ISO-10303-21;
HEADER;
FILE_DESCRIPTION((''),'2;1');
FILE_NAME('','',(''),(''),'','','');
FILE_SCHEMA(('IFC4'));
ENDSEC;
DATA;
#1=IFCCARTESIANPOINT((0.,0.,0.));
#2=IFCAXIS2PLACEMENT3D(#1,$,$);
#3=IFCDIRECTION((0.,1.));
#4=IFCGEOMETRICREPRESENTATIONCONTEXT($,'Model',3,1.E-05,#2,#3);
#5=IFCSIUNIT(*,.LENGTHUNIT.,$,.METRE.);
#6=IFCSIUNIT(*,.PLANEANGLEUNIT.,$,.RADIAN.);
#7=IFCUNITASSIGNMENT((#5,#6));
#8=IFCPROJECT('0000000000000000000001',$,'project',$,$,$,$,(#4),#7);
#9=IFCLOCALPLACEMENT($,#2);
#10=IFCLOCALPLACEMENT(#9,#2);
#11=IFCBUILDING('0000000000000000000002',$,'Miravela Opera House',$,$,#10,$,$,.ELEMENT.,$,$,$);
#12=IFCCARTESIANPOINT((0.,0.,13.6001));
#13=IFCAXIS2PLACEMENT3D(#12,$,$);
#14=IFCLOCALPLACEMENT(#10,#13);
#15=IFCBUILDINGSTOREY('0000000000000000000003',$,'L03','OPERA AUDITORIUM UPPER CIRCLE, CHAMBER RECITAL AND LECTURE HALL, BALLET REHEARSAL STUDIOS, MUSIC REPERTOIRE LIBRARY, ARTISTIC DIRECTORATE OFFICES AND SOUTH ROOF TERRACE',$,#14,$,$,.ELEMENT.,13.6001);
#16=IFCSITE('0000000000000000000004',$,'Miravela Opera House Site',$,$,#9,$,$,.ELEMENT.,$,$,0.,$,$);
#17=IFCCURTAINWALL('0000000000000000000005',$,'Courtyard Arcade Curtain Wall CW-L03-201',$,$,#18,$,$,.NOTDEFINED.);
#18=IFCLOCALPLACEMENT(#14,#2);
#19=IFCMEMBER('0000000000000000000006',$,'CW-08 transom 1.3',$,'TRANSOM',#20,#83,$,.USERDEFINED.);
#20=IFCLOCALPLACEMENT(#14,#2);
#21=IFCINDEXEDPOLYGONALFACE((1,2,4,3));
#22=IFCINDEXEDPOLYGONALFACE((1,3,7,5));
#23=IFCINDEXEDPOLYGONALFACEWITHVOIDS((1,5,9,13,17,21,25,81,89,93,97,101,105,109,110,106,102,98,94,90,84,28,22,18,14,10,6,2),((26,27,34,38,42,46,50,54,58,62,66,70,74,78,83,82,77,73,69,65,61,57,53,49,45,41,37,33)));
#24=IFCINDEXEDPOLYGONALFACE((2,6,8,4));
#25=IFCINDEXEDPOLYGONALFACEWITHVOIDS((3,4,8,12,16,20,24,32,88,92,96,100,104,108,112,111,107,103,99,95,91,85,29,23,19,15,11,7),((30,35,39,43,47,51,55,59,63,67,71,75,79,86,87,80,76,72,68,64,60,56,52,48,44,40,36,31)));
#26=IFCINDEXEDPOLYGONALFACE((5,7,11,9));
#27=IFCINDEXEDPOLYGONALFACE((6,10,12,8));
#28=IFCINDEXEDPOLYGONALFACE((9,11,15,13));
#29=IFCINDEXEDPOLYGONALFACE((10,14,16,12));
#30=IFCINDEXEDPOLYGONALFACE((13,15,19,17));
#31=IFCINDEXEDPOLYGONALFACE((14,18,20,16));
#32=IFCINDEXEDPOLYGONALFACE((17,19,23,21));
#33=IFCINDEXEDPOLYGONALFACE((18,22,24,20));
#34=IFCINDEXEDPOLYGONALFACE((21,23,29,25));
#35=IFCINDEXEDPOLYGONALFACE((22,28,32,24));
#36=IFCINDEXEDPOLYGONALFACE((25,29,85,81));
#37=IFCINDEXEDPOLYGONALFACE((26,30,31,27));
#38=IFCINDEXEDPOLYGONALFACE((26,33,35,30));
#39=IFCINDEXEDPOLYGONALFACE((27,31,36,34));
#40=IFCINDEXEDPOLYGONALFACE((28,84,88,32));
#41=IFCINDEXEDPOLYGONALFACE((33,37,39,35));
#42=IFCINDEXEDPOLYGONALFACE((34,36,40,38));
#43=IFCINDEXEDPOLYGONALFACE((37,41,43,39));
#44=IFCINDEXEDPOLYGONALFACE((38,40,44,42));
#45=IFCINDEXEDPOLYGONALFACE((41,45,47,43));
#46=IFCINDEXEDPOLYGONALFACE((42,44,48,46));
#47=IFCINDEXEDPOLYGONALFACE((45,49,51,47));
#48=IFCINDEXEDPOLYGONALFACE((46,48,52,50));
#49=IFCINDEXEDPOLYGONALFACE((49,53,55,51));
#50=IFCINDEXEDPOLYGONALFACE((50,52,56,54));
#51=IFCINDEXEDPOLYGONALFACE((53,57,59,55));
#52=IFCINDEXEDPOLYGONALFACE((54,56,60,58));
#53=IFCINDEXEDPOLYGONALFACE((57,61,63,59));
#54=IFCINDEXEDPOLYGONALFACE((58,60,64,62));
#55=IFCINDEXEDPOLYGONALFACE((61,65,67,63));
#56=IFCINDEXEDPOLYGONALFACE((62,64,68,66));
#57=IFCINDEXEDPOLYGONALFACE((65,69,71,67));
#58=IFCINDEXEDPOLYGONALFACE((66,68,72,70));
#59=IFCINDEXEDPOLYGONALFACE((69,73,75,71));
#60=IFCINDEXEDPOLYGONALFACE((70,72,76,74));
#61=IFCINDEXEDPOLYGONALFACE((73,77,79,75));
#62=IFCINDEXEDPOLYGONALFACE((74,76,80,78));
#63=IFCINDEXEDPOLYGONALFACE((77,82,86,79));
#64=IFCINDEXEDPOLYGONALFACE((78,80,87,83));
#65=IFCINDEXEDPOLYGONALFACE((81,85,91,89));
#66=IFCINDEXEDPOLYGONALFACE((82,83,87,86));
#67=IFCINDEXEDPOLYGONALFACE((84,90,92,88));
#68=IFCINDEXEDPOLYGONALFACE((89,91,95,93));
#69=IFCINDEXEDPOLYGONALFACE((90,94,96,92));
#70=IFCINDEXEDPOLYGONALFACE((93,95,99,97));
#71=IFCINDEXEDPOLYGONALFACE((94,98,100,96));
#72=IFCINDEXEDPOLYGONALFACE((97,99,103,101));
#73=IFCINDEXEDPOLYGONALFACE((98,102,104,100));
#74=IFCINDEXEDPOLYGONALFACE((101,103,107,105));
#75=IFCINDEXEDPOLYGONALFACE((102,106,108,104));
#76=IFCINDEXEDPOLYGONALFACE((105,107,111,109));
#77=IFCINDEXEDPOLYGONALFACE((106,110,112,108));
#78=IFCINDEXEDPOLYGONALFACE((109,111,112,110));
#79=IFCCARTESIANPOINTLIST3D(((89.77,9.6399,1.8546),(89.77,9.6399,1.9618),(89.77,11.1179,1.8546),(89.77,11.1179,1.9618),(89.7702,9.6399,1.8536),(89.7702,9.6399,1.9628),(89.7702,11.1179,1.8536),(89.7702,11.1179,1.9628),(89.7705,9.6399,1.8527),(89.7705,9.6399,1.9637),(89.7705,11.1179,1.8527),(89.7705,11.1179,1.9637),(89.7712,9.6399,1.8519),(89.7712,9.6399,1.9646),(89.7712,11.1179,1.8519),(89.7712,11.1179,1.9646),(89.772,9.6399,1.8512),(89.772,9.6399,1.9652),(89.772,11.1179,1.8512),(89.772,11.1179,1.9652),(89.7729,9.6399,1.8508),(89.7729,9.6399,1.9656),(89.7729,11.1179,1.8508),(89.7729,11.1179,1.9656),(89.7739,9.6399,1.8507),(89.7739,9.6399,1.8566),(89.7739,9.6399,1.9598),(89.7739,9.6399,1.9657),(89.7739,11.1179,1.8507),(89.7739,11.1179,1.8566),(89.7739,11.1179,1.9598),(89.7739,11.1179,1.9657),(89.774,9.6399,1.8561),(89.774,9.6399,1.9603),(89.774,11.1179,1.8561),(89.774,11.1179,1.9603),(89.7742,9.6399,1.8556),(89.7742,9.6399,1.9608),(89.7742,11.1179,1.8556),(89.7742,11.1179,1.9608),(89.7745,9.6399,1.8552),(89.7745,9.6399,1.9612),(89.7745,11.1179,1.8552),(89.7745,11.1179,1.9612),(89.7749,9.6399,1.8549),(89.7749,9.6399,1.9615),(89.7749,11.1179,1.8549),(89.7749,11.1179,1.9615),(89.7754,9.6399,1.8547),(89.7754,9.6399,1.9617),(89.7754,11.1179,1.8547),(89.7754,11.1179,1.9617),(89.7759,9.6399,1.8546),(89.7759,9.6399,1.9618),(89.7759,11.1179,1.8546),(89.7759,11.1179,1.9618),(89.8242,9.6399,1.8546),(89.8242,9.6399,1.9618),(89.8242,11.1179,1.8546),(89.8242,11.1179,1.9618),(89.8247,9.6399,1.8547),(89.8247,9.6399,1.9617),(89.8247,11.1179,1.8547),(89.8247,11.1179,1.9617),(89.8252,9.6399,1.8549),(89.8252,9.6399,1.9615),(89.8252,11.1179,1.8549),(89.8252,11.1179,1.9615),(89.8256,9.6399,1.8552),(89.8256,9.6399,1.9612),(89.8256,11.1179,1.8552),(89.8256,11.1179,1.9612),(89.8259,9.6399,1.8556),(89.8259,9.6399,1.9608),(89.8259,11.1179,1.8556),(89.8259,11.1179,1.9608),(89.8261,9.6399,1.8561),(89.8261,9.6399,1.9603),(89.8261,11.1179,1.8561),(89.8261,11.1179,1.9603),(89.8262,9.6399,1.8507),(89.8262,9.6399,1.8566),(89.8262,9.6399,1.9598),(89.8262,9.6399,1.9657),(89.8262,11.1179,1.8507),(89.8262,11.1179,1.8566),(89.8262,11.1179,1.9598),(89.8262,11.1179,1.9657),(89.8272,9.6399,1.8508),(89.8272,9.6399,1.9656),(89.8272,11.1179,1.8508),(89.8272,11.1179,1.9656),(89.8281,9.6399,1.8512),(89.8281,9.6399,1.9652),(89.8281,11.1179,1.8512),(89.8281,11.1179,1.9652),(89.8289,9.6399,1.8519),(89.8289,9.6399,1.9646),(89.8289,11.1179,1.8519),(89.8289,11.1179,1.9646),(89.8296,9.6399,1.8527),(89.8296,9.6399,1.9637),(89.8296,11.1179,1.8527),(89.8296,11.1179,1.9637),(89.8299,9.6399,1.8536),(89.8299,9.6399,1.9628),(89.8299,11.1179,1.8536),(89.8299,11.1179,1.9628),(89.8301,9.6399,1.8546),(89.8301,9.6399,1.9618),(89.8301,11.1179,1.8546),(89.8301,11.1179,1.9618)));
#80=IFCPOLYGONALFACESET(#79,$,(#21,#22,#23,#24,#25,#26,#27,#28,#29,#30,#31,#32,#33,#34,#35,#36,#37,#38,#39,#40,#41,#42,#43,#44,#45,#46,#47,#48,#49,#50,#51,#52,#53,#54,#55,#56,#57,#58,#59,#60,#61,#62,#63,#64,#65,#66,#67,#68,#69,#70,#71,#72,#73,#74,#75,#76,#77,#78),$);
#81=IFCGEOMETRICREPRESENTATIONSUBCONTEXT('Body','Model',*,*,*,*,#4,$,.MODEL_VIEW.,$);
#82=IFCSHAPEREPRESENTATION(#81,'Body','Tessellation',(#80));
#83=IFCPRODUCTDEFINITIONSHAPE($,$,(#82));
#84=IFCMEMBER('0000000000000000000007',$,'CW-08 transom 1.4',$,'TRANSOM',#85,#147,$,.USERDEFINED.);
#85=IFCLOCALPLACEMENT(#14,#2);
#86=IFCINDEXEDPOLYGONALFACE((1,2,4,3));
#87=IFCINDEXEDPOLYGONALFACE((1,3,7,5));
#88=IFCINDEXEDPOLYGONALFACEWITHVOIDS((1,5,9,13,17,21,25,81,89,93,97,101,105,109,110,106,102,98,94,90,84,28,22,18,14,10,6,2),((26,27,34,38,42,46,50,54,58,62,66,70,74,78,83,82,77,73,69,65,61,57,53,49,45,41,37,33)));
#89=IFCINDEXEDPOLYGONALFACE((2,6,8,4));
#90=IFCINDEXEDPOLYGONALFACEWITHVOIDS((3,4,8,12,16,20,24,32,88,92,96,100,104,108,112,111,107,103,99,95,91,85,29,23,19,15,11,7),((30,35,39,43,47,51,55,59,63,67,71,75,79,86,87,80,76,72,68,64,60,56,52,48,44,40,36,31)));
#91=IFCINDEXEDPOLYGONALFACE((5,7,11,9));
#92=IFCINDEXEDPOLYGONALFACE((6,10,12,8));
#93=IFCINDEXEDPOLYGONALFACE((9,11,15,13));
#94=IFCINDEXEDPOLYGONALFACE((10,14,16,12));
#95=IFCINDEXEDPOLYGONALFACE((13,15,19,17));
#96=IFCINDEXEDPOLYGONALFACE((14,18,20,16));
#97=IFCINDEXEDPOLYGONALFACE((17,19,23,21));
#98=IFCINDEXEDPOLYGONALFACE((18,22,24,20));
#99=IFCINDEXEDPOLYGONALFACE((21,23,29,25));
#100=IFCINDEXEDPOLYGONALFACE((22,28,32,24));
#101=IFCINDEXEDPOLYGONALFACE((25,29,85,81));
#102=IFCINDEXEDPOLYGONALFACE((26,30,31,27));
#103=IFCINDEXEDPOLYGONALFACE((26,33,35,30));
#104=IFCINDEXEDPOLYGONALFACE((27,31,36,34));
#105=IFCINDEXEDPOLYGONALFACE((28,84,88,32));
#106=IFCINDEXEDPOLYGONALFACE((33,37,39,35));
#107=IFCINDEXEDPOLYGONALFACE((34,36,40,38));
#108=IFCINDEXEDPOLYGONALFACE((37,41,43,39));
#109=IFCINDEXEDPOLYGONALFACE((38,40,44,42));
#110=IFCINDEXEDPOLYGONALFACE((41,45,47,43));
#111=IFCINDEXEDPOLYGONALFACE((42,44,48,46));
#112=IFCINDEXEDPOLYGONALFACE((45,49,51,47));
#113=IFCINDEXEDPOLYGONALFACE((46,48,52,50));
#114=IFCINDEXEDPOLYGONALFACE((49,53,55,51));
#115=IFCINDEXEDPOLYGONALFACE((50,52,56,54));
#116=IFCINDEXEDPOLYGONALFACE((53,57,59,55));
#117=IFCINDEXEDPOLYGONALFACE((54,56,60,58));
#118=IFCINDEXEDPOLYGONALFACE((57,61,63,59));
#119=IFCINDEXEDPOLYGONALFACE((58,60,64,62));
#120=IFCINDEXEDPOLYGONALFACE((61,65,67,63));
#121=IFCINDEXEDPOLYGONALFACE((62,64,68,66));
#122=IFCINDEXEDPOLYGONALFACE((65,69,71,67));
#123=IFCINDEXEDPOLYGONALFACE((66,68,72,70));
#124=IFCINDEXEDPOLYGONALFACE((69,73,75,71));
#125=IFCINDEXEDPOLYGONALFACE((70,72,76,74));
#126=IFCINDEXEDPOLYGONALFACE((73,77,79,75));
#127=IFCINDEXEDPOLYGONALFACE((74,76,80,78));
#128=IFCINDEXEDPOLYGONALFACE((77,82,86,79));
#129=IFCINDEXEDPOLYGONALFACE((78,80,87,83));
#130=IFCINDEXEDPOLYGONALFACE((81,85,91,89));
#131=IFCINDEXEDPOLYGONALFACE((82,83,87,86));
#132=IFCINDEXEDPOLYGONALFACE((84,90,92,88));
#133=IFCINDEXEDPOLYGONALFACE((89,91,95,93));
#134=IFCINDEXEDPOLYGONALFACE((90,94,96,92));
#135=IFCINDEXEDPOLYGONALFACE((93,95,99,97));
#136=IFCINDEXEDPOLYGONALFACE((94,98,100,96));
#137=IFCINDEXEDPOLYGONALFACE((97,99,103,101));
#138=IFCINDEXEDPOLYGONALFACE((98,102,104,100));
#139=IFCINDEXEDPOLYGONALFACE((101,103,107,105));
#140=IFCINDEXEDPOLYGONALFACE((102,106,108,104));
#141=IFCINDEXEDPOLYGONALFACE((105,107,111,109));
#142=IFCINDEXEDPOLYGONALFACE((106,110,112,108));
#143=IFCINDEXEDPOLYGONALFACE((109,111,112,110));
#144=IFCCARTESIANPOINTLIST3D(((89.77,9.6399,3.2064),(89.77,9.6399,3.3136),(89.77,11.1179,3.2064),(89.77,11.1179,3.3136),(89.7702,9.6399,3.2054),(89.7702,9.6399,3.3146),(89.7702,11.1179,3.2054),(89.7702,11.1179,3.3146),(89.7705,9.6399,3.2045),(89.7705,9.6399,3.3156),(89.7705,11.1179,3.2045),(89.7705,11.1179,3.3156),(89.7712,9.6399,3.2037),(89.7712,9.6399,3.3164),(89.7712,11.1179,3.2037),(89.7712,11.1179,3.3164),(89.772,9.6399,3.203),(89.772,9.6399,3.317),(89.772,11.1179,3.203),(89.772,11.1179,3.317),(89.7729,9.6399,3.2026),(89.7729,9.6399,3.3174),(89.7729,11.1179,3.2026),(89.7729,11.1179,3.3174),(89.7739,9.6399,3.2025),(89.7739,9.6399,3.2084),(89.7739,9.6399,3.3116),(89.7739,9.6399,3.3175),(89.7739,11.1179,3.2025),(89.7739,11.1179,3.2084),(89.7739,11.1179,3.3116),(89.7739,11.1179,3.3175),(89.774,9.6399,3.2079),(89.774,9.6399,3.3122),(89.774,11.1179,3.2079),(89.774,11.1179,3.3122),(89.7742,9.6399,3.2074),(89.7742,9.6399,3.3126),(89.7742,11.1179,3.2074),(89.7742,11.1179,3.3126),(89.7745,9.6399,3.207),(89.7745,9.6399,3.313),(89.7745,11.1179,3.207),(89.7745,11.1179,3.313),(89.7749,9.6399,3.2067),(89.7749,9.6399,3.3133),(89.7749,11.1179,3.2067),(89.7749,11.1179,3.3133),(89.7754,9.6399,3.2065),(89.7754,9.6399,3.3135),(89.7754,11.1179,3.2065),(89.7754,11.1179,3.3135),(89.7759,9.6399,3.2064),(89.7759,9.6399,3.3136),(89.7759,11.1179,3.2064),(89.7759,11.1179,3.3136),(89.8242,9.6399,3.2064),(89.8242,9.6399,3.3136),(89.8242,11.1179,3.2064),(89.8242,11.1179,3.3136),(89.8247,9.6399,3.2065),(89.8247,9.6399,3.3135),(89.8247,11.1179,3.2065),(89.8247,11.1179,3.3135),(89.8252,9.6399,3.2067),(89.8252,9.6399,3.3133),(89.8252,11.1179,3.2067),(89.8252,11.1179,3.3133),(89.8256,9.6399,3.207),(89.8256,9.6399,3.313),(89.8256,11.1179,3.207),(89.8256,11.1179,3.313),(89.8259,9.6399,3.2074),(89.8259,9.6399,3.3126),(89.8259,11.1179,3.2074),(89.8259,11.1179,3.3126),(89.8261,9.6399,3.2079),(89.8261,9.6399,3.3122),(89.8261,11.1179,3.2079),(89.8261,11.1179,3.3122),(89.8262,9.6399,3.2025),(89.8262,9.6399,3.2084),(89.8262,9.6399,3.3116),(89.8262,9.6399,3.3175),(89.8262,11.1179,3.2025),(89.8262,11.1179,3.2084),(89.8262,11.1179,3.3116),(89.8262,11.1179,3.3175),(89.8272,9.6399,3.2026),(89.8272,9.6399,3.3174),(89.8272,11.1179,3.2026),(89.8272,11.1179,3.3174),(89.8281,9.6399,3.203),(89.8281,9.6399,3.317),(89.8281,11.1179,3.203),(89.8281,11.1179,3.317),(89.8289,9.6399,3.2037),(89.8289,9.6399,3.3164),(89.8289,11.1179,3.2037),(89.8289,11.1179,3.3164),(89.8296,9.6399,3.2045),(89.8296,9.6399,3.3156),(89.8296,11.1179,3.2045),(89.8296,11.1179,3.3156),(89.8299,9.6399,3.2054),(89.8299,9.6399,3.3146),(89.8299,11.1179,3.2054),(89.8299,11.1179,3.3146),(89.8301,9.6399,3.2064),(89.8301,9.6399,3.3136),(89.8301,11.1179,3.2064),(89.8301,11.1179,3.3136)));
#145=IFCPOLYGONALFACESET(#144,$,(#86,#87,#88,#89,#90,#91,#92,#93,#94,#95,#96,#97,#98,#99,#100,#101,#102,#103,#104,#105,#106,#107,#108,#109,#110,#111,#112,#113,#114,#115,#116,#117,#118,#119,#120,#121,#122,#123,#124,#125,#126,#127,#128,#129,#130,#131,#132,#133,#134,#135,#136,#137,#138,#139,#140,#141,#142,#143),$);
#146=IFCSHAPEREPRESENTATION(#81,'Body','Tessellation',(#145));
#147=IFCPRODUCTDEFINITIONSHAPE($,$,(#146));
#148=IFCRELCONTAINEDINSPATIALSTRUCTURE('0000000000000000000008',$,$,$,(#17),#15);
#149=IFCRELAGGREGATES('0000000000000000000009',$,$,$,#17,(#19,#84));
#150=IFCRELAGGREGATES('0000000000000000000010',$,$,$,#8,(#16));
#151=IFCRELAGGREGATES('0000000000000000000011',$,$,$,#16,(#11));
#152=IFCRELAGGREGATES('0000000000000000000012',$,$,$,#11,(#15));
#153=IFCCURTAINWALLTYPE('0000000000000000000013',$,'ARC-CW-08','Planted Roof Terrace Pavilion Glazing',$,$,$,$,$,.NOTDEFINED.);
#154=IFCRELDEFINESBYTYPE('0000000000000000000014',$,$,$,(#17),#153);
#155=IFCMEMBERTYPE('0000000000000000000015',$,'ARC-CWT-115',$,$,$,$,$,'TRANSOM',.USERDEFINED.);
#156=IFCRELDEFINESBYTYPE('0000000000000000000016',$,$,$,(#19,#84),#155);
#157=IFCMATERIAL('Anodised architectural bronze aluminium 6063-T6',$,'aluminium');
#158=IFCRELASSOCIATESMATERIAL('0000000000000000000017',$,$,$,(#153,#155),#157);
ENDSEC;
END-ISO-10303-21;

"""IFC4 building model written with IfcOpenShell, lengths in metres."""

from ifc_helpers import new_model, si_unit, direction, frame, origin, origin_2d, place, context, subcontext, project, spatial, hollow_rectangle, extrude, material, material_profile, profile_set, type_object, element, aggregate, save


model = new_model("IFC4")

# Units and contexts
model_context = context("Model", 3, precision=1e-05, world=origin(), true_north=direction((0.0, 1.0)))
body_context = subcontext(model_context, "Body", "Model", "MODEL_VIEW")
ifc_project = project(units=[si_unit("LENGTHUNIT", "METRE"), si_unit("PLANEANGLEUNIT", "RADIAN")], contexts=[model_context])

# Site, building, storey
site_placement = place(None, origin())
site = spatial("IfcSite", under=ifc_project, at=site_placement, Name="Miravela Opera House Site", CompositionType="ELEMENT", RefElevation=0.0)
building_placement = place(site_placement, origin())
building = spatial("IfcBuilding", under=site, at=building_placement, Name="Miravela Opera House", CompositionType="ELEMENT")
storey_placement = place(building_placement, frame((0.0, 0.0, 13.6001)))
storey = spatial("IfcBuildingStorey", under=building, at=storey_placement, Name="L03", Description="OPERA AUDITORIUM UPPER CIRCLE, CHAMBER RECITAL AND LECTURE HALL, BALLET REHEARSAL STUDIOS, MUSIC REPERTOIRE LIBRARY, ARTISTIC DIRECTORATE OFFICES AND SOUTH ROOF TERRACE", CompositionType="ELEMENT", Elevation=13.6001)

# Curtain wall, members
ifc_material_1 = material(Name="Anodised architectural bronze aluminium 6063-T6", Category="aluminium")
curtain_wall_type = type_object("IfcCurtainWallType", Name="ARC-CW-08", Description="Planted Roof Terrace Pavilion Glazing", PredefinedType="NOTDEFINED", material=ifc_material_1)
curtain_wall_placement = place(storey_placement, origin())
curtain_wall = element("IfcCurtainWall", 1, at=curtain_wall_placement, inside=storey, type_object=curtain_wall_type, Name="Courtyard Arcade Curtain Wall CW-L03-201", PredefinedType="NOTDEFINED")
ifc_material_profile_1 = material_profile(ifc_material_1, hollow_rectangle(XDim=0.0601, YDim=0.115, WallThickness=0.0039, InnerFilletRadius=0.002, OuterFilletRadius=0.0039, at=origin_2d()), Name="CWT-60X115")
ifc_profile_set_1 = profile_set([ifc_material_profile_1])
member_type_1 = type_object("IfcMemberType", Name="ARC-CWT-115", ElementType="TRANSOM", PredefinedType="USERDEFINED", material=ifc_profile_set_1)
member_1_placement = place(storey_placement, frame((89.8, 9.6399, 1.9082), z_axis=(0.0, 1.0, 0.0), x_axis=(-1.0, 0.0, 0.0)))
member_1 = element("IfcMember", 2, at=member_1_placement, type_object=member_type_1, Name="CW-08 transom 1.3", ObjectType="TRANSOM", PredefinedType="USERDEFINED", context=body_context, shape_type="SweptSolid", body=[
    extrude(hollow_rectangle(XDim=0.0601, YDim=0.115, WallThickness=0.0039, InnerFilletRadius=0.002, OuterFilletRadius=0.0039, at=origin_2d()), origin(), (0.0, 0.0, 1.0), 1.478),
])
member_2_placement = place(storey_placement, frame((89.8, 9.6399, 3.26), z_axis=(0.0, 1.0, 0.0), x_axis=(-1.0, 0.0, 0.0)))
member_2 = element("IfcMember", 3, at=member_2_placement, type_object=member_type_1, Name="CW-08 transom 1.4", ObjectType="TRANSOM", PredefinedType="USERDEFINED", context=body_context, shape_type="SweptSolid", body=[
    extrude(hollow_rectangle(XDim=0.0601, YDim=0.115, WallThickness=0.0039, InnerFilletRadius=0.002, OuterFilletRadius=0.0039, at=origin_2d()), origin(), (0.0, 0.0, 1.0), 1.478),
])

aggregate(curtain_wall, [member_1, member_2])

save(model, "model.ifc")
